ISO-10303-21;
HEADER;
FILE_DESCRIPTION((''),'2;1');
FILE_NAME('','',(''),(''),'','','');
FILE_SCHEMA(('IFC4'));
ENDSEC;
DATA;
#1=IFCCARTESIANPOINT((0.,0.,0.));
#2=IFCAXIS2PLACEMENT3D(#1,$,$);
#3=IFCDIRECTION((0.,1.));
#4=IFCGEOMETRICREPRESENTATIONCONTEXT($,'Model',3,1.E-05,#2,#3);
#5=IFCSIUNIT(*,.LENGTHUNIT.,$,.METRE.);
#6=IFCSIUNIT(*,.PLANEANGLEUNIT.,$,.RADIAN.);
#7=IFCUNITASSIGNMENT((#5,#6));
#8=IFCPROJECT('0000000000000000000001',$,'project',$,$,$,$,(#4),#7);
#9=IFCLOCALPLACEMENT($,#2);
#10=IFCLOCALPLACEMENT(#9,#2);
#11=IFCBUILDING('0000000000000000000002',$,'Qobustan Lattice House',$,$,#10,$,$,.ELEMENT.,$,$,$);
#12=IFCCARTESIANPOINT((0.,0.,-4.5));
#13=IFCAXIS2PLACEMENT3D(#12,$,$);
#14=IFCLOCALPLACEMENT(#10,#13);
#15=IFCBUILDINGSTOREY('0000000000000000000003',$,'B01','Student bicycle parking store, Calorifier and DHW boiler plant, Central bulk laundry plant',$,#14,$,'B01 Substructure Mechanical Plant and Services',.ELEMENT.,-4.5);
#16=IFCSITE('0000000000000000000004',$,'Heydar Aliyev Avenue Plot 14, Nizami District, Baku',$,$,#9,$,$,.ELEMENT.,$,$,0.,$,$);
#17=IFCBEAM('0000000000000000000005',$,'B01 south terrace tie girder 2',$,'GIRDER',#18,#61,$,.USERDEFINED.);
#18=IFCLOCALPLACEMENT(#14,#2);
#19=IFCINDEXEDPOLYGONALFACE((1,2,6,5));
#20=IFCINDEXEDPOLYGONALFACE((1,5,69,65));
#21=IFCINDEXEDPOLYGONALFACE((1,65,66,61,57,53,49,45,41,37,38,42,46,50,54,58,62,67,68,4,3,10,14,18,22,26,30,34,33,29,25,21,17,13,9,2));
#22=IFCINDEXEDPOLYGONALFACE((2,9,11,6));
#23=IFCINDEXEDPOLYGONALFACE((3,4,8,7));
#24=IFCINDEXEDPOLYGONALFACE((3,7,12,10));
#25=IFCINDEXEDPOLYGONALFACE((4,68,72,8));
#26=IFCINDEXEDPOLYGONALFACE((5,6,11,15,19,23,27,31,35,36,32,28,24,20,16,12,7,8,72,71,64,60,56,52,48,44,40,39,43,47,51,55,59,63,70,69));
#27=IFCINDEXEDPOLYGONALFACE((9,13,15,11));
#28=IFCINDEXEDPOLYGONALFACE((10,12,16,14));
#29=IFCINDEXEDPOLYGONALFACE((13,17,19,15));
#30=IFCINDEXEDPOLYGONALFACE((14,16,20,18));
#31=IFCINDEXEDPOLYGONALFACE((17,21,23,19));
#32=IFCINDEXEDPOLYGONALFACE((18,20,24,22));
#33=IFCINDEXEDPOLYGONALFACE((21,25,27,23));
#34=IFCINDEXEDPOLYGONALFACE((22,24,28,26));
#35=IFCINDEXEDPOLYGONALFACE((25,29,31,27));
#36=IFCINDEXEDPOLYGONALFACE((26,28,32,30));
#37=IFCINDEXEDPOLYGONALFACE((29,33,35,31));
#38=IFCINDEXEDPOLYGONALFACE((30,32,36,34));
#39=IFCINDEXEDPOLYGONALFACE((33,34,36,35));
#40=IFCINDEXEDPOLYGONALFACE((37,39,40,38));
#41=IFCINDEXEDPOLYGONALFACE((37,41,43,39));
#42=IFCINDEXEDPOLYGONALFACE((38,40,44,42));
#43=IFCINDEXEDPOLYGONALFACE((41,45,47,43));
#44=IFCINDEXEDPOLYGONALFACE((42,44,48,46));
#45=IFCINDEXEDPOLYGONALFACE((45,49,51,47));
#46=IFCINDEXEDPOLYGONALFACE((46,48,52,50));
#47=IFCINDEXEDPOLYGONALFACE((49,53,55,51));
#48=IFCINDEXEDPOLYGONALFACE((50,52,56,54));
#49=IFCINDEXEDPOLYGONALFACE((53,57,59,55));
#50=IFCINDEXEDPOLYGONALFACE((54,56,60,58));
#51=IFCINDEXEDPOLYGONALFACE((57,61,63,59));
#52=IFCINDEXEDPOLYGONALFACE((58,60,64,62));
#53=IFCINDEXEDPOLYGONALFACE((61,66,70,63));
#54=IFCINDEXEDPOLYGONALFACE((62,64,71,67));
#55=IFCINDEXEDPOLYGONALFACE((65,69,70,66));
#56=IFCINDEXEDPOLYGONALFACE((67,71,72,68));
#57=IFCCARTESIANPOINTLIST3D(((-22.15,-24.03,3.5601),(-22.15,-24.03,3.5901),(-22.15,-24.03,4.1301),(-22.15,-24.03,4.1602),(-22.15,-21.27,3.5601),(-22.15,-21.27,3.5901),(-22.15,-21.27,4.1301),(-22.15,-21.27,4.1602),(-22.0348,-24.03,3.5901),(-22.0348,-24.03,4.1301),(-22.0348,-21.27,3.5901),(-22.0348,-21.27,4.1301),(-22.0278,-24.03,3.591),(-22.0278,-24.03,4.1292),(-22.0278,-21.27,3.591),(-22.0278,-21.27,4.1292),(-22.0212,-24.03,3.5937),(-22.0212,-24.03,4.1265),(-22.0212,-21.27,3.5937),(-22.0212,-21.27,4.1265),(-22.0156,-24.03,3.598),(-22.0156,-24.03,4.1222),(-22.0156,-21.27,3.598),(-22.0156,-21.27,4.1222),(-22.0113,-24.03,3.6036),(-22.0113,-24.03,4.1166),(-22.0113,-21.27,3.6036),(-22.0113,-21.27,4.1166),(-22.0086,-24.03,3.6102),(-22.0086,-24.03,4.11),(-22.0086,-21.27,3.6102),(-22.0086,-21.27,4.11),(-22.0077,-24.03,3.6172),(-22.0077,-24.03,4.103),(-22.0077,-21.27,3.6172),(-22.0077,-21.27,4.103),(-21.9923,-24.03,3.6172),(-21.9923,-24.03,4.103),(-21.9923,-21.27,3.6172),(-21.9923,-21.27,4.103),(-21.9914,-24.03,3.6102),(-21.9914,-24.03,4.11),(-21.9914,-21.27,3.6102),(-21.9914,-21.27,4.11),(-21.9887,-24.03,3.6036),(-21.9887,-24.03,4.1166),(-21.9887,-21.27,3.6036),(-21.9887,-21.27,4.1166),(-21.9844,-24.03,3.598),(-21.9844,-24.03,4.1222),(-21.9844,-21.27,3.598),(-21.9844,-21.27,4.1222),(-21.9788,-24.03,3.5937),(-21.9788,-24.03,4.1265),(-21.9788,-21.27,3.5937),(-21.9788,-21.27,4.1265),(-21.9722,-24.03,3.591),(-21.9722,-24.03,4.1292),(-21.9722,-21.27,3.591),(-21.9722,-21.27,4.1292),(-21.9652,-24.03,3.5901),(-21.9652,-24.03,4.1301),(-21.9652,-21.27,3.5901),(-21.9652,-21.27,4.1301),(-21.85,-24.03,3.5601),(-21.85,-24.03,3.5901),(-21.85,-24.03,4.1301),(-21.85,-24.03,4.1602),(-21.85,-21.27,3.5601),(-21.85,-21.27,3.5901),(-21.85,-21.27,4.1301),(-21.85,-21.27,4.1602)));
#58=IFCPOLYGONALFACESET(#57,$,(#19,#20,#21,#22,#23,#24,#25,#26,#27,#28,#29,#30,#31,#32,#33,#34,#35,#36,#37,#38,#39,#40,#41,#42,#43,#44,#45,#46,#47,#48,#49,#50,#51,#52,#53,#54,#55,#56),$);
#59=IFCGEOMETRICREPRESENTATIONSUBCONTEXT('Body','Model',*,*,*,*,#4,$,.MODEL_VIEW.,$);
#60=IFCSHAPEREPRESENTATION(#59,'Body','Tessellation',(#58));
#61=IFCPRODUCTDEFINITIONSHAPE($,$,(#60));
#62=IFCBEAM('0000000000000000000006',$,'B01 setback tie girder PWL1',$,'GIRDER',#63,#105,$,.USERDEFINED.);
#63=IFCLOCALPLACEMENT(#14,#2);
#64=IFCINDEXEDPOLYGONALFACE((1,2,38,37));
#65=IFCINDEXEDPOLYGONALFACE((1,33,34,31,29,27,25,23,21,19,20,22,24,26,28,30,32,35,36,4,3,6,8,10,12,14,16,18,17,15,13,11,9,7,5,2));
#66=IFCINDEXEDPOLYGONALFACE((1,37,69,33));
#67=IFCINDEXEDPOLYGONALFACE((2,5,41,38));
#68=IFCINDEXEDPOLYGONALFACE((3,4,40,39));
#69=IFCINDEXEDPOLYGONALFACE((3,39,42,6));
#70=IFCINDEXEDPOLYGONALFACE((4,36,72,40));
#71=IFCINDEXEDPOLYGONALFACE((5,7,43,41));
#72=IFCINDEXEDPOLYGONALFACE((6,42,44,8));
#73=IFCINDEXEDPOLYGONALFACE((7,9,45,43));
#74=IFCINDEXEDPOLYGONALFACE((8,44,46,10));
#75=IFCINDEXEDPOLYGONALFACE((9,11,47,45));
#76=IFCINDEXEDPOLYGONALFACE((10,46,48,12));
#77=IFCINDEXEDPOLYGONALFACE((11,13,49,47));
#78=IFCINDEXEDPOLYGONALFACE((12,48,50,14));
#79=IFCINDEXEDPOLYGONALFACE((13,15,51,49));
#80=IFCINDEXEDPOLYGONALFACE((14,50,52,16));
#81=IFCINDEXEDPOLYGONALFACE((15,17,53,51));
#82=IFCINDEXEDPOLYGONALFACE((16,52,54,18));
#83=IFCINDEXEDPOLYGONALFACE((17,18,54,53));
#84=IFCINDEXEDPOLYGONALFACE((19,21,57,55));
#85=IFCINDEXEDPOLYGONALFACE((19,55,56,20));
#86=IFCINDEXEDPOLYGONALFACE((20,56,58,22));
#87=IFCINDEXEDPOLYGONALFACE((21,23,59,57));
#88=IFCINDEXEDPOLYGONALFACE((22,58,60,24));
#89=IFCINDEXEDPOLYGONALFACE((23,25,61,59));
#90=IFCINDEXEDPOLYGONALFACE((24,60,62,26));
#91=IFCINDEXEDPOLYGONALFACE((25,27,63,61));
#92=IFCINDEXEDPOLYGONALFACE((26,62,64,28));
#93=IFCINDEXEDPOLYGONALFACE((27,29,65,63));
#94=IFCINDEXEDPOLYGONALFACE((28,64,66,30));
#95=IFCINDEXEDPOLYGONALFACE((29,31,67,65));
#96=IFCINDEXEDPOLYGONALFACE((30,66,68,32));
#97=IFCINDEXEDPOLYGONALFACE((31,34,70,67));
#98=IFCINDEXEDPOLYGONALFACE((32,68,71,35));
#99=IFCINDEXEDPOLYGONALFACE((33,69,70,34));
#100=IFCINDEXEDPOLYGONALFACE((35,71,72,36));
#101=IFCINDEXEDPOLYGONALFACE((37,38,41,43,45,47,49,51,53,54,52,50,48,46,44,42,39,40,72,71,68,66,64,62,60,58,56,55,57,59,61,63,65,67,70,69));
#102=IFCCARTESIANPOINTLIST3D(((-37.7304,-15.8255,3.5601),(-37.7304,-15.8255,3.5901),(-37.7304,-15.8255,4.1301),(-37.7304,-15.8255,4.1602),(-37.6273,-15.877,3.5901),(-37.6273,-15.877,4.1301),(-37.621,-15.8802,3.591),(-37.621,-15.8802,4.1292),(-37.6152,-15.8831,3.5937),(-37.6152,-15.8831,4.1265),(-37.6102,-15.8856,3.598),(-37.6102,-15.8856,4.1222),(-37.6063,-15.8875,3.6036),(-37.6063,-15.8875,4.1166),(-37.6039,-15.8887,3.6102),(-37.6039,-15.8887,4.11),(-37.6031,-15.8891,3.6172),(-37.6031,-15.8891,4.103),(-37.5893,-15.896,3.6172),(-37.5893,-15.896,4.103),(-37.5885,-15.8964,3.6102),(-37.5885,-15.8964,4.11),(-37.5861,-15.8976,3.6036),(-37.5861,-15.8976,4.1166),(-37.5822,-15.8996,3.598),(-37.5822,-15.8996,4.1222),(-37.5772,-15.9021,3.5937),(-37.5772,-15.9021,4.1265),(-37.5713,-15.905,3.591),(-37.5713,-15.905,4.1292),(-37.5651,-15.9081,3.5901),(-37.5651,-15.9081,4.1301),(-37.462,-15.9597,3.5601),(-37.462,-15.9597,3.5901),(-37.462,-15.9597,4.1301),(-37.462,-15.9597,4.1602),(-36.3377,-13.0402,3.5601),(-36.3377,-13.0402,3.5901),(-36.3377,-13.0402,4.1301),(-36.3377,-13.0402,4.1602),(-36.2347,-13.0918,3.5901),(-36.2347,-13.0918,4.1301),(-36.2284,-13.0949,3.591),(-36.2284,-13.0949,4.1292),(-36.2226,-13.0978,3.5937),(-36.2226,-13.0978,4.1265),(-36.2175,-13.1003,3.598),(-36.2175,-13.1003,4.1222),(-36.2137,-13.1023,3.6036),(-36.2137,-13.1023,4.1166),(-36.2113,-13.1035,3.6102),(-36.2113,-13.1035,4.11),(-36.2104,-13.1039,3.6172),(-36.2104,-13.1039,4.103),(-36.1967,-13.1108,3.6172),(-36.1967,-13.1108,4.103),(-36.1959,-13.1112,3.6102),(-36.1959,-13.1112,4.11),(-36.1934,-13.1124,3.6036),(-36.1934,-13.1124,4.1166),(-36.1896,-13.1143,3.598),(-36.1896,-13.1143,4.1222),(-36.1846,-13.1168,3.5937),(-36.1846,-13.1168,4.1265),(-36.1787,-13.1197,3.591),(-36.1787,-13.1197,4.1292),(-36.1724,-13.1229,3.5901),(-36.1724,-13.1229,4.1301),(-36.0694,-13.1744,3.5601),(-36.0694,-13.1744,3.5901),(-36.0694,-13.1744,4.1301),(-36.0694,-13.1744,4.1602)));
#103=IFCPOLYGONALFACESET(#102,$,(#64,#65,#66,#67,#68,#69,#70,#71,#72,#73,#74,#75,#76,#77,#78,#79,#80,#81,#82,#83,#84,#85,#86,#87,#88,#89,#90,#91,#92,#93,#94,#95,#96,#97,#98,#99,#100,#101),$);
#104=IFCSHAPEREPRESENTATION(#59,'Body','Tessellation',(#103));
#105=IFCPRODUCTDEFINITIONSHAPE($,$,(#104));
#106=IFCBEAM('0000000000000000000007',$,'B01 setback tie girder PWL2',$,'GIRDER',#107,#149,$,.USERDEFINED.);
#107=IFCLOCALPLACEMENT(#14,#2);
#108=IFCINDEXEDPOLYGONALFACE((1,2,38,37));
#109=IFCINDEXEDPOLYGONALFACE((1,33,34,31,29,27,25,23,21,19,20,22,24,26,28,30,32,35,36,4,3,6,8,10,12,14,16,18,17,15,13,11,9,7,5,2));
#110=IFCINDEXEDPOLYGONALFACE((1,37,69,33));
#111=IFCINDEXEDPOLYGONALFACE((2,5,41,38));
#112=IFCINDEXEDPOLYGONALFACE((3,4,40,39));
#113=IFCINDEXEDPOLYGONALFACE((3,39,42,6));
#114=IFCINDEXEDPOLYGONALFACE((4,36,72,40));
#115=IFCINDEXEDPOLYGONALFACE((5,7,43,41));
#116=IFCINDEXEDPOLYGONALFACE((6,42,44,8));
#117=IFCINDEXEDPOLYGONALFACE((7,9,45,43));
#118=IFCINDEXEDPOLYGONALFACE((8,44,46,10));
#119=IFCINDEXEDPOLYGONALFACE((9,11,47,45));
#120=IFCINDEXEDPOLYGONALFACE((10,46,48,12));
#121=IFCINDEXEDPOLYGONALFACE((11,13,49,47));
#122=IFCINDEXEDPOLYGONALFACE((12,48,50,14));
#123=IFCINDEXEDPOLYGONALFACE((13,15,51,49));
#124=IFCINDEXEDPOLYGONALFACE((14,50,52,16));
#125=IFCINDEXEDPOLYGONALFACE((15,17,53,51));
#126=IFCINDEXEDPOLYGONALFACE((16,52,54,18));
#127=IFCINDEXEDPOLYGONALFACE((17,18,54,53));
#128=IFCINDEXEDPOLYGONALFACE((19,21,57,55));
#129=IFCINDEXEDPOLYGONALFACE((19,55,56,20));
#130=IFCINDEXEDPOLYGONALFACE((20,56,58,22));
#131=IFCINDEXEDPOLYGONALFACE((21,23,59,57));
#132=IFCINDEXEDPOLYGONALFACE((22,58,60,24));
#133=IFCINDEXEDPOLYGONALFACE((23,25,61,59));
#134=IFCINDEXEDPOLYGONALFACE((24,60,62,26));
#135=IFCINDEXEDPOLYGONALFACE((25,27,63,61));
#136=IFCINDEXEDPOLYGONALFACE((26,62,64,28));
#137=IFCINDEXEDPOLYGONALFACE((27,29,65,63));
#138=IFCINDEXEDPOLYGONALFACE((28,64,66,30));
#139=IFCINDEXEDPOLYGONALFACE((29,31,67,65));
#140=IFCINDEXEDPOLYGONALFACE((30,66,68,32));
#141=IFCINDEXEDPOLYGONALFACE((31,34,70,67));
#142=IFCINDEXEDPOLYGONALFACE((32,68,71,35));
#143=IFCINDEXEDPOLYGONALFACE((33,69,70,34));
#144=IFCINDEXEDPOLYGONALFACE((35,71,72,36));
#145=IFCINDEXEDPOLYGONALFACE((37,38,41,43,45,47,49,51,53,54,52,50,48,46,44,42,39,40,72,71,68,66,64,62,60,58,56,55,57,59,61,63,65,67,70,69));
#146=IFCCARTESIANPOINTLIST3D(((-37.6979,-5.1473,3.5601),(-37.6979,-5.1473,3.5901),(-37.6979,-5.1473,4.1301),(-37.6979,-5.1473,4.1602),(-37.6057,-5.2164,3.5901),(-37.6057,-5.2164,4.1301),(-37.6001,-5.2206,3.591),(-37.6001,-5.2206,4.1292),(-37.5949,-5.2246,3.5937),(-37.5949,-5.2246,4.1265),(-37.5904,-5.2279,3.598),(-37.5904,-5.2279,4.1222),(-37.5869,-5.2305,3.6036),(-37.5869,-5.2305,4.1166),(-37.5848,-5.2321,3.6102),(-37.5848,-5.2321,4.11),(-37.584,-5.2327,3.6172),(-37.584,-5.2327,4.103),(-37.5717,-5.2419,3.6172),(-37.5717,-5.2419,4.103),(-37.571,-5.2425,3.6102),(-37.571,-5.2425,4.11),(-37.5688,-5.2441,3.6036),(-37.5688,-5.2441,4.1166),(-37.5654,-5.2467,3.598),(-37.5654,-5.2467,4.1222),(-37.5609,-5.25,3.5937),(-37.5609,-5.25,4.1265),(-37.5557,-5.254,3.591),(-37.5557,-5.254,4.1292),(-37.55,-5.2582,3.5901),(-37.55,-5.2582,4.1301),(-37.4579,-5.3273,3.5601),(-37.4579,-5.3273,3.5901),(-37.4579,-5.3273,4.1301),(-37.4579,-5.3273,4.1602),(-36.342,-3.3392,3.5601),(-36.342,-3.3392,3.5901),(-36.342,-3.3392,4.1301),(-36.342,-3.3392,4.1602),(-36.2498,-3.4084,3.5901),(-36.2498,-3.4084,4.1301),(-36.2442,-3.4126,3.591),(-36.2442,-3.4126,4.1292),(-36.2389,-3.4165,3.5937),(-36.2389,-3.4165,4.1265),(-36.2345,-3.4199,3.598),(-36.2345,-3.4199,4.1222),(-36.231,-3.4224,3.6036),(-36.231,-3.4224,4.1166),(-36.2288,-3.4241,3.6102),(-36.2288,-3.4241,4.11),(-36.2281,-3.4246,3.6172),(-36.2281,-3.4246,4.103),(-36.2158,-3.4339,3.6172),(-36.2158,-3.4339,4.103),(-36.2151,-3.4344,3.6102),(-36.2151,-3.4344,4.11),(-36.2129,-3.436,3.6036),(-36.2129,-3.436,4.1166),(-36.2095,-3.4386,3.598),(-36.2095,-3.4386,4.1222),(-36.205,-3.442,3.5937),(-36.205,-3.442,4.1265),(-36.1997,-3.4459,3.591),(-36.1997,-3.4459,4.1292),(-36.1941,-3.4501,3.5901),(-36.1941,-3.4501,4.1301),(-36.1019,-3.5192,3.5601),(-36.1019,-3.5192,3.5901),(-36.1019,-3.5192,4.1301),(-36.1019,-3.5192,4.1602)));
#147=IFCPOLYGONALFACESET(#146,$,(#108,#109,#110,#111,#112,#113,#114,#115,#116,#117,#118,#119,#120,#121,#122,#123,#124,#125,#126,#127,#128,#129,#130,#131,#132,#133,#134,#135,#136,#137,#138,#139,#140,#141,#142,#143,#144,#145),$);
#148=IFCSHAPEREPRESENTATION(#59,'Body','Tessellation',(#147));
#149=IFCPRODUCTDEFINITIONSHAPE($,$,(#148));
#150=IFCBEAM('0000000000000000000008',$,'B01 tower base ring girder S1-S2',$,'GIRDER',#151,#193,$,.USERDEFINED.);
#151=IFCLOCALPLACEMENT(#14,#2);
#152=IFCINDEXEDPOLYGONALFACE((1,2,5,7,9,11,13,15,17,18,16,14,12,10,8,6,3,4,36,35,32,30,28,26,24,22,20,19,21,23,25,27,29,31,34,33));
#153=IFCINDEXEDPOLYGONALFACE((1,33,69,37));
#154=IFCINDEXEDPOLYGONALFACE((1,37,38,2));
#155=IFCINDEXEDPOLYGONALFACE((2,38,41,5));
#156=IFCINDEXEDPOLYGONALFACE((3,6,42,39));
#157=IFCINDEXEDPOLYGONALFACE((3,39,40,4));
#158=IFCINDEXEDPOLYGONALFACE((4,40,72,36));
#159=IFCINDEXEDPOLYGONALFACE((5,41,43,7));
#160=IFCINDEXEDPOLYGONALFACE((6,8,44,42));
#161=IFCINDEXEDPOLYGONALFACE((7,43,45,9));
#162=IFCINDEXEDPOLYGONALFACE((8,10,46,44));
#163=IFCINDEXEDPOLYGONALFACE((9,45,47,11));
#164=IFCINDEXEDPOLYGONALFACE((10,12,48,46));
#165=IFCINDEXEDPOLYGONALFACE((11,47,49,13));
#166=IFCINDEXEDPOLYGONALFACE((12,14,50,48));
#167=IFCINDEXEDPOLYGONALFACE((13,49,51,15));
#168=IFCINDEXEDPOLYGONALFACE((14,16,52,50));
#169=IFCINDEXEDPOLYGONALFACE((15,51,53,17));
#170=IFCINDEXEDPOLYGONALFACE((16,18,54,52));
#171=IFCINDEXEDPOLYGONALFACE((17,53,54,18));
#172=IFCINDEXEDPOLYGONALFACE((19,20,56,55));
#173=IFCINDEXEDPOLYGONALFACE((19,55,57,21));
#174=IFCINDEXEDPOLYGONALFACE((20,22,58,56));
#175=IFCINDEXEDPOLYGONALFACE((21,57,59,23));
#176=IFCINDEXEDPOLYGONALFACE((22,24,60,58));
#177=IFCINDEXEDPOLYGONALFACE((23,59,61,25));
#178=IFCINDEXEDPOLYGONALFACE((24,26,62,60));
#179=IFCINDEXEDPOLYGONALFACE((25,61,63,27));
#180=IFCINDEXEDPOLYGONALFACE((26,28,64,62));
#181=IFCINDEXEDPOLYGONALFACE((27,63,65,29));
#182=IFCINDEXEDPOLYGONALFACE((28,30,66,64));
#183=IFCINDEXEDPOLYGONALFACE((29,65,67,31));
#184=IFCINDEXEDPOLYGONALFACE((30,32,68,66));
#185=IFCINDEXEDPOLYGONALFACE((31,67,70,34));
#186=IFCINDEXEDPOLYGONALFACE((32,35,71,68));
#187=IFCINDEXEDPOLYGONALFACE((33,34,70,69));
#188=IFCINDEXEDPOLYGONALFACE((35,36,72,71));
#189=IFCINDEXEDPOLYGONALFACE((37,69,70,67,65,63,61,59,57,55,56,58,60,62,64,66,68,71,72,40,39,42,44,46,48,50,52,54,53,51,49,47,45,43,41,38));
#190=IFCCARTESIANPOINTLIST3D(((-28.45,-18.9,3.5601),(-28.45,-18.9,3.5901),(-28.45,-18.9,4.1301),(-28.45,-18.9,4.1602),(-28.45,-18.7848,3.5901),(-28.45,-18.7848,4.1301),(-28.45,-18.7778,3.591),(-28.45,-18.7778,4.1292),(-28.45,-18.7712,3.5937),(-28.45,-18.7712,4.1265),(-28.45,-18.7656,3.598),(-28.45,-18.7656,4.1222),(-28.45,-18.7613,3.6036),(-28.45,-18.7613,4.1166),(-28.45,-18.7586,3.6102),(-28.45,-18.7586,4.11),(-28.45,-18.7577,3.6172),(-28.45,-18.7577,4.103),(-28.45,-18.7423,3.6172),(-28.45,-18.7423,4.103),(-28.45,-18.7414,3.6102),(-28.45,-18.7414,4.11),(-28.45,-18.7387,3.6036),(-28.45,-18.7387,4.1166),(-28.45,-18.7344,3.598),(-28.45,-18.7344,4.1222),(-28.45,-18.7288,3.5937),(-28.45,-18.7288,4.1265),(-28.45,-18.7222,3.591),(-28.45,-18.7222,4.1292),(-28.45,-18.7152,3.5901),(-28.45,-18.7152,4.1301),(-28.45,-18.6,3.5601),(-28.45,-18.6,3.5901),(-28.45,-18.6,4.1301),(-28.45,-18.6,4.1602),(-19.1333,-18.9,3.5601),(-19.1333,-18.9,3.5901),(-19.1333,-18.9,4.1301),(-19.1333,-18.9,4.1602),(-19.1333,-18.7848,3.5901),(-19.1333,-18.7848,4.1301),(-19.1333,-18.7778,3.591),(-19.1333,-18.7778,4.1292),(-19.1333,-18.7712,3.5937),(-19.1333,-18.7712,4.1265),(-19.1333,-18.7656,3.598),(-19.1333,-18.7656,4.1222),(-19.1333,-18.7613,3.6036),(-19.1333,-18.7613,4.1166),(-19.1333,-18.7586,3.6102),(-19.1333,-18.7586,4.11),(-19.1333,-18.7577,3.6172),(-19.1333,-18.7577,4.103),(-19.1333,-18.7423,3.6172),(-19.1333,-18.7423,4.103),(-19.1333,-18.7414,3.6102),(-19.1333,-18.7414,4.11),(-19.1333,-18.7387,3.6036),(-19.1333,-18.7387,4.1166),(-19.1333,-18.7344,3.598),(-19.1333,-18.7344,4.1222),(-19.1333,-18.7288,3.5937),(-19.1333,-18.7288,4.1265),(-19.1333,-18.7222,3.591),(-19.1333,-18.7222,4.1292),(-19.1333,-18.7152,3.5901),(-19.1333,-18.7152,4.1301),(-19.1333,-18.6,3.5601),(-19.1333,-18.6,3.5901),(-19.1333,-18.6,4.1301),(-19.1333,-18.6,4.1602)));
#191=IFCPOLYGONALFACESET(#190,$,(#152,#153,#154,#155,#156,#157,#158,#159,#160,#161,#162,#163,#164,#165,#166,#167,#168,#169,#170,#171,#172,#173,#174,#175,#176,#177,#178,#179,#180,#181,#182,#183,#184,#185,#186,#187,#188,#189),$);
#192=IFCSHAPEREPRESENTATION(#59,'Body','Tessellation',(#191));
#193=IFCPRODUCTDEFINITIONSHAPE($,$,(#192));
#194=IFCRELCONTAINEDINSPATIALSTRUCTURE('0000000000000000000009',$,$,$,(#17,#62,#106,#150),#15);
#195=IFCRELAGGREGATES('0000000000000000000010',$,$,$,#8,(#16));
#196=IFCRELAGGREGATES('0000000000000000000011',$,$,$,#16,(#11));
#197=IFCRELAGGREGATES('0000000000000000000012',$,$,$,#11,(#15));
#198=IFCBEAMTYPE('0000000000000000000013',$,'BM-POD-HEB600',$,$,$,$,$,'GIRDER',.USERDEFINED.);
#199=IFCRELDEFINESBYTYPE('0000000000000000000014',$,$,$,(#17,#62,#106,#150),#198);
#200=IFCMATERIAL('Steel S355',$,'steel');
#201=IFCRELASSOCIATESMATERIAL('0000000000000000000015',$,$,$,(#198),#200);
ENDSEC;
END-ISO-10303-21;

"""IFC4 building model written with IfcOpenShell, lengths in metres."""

from ifc_helpers import new_model, si_unit, direction, frame, origin, origin_2d, place, context, subcontext, project, spatial, i_section, extrude, material, material_profile, profile_set, type_object, element, save


model = new_model("IFC4")

# Units and contexts
model_context = context("Model", 3, precision=1e-05, world=origin(), true_north=direction((0.0, 1.0)))
body_context = subcontext(model_context, "Body", "Model", "MODEL_VIEW")
ifc_project = project(units=[si_unit("LENGTHUNIT", "METRE"), si_unit("PLANEANGLEUNIT", "RADIAN")], contexts=[model_context])

# Site, building, storey
site_placement = place(None, origin())
site = spatial("IfcSite", under=ifc_project, at=site_placement, Name="Heydar Aliyev Avenue Plot 14, Nizami District, Baku", CompositionType="ELEMENT", RefElevation=0.0)
building_placement = place(site_placement, origin())
building = spatial("IfcBuilding", under=site, at=building_placement, Name="Qobustan Lattice House", CompositionType="ELEMENT")
storey_placement = place(building_placement, frame((0.0, 0.0, -4.5)))
storey = spatial("IfcBuildingStorey", under=building, at=storey_placement, Name="B01", Description="Student bicycle parking store, Calorifier and DHW boiler plant, Central bulk laundry plant", LongName="B01 Substructure Mechanical Plant and Services", CompositionType="ELEMENT", Elevation=-4.5)

# Beams
ifc_material_1 = material(Name="Steel S355", Category="steel")
ifc_material_profile_1 = material_profile(ifc_material_1, i_section(OverallWidth=0.3, OverallDepth=0.6001, WebThickness=0.0154, FlangeThickness=0.03, FilletRadius=0.0271, at=origin_2d()), Name="HEB600")
ifc_profile_set_1 = profile_set([ifc_material_profile_1], Name="Steel S355")
beam_type_1 = type_object("IfcBeamType", Name="BM-POD-HEB600", ElementType="GIRDER", PredefinedType="USERDEFINED", material=ifc_profile_set_1)
for number, where, z_axis, x_axis, name in (
    (1, (-22.0, -24.03, 3.8601), (0.0, 1.0, 0.0), (-1.0, 0.0, 0.0), "B01 south terrace tie girder 2"),
):
    element("IfcBeam", number, at=place(storey_placement, frame(where, z_axis=z_axis, x_axis=x_axis)), inside=storey, type_object=beam_type_1, Name=name, ObjectType="GIRDER", PredefinedType="USERDEFINED", context=body_context, shape_type="SweptSolid", body=[
        extrude(i_section(OverallWidth=0.3, OverallDepth=0.6001, WebThickness=0.0154, FlangeThickness=0.03, FilletRadius=0.0271, at=origin_2d()), origin(), (0.0, 0.0, 1.0), 2.76),
    ])
beam_1_placement = place(storey_placement, frame((-37.5962, -15.8926, 3.8601), z_axis=(0.447214, 0.894427, 0.0), x_axis=(-0.894427, 0.447214, 0.0)))
element("IfcBeam", 2, at=beam_1_placement, inside=storey, type_object=beam_type_1, Name="B01 setback tie girder PWL1", ObjectType="GIRDER", PredefinedType="USERDEFINED", context=body_context, shape_type="SweptSolid", body=[
    extrude(i_section(OverallWidth=0.3, OverallDepth=0.6001, WebThickness=0.0154, FlangeThickness=0.03, FilletRadius=0.0271, at=origin_2d()), origin(), (0.0, 0.0, 1.0), 3.114),
])
beam_2_placement = place(storey_placement, frame((-37.5779, -5.2373, 3.8601), z_axis=(0.599965, 0.800026, 0.0), x_axis=(-0.800026, 0.599965, 0.0)))
element("IfcBeam", 3, at=beam_2_placement, inside=storey, type_object=beam_type_1, Name="B01 setback tie girder PWL2", ObjectType="GIRDER", PredefinedType="USERDEFINED", context=body_context, shape_type="SweptSolid", body=[
    extrude(i_section(OverallWidth=0.3, OverallDepth=0.6001, WebThickness=0.0154, FlangeThickness=0.03, FilletRadius=0.0271, at=origin_2d()), origin(), (0.0, 0.0, 1.0), 2.26),
])
beam_3_placement = place(storey_placement, frame((-28.45, -18.75, 3.8601), z_axis=(1.0, 0.0, 0.0), x_axis=(0.0, 1.0, 0.0)))
element("IfcBeam", 4, at=beam_3_placement, inside=storey, type_object=beam_type_1, Name="B01 tower base ring girder S1-S2", ObjectType="GIRDER", PredefinedType="USERDEFINED", context=body_context, shape_type="SweptSolid", body=[
    extrude(i_section(OverallWidth=0.3, OverallDepth=0.6001, WebThickness=0.0154, FlangeThickness=0.03, FilletRadius=0.0271, at=origin_2d()), origin(), (0.0, 0.0, 1.0), 9.3167),
])

save(model, "model.ifc")
